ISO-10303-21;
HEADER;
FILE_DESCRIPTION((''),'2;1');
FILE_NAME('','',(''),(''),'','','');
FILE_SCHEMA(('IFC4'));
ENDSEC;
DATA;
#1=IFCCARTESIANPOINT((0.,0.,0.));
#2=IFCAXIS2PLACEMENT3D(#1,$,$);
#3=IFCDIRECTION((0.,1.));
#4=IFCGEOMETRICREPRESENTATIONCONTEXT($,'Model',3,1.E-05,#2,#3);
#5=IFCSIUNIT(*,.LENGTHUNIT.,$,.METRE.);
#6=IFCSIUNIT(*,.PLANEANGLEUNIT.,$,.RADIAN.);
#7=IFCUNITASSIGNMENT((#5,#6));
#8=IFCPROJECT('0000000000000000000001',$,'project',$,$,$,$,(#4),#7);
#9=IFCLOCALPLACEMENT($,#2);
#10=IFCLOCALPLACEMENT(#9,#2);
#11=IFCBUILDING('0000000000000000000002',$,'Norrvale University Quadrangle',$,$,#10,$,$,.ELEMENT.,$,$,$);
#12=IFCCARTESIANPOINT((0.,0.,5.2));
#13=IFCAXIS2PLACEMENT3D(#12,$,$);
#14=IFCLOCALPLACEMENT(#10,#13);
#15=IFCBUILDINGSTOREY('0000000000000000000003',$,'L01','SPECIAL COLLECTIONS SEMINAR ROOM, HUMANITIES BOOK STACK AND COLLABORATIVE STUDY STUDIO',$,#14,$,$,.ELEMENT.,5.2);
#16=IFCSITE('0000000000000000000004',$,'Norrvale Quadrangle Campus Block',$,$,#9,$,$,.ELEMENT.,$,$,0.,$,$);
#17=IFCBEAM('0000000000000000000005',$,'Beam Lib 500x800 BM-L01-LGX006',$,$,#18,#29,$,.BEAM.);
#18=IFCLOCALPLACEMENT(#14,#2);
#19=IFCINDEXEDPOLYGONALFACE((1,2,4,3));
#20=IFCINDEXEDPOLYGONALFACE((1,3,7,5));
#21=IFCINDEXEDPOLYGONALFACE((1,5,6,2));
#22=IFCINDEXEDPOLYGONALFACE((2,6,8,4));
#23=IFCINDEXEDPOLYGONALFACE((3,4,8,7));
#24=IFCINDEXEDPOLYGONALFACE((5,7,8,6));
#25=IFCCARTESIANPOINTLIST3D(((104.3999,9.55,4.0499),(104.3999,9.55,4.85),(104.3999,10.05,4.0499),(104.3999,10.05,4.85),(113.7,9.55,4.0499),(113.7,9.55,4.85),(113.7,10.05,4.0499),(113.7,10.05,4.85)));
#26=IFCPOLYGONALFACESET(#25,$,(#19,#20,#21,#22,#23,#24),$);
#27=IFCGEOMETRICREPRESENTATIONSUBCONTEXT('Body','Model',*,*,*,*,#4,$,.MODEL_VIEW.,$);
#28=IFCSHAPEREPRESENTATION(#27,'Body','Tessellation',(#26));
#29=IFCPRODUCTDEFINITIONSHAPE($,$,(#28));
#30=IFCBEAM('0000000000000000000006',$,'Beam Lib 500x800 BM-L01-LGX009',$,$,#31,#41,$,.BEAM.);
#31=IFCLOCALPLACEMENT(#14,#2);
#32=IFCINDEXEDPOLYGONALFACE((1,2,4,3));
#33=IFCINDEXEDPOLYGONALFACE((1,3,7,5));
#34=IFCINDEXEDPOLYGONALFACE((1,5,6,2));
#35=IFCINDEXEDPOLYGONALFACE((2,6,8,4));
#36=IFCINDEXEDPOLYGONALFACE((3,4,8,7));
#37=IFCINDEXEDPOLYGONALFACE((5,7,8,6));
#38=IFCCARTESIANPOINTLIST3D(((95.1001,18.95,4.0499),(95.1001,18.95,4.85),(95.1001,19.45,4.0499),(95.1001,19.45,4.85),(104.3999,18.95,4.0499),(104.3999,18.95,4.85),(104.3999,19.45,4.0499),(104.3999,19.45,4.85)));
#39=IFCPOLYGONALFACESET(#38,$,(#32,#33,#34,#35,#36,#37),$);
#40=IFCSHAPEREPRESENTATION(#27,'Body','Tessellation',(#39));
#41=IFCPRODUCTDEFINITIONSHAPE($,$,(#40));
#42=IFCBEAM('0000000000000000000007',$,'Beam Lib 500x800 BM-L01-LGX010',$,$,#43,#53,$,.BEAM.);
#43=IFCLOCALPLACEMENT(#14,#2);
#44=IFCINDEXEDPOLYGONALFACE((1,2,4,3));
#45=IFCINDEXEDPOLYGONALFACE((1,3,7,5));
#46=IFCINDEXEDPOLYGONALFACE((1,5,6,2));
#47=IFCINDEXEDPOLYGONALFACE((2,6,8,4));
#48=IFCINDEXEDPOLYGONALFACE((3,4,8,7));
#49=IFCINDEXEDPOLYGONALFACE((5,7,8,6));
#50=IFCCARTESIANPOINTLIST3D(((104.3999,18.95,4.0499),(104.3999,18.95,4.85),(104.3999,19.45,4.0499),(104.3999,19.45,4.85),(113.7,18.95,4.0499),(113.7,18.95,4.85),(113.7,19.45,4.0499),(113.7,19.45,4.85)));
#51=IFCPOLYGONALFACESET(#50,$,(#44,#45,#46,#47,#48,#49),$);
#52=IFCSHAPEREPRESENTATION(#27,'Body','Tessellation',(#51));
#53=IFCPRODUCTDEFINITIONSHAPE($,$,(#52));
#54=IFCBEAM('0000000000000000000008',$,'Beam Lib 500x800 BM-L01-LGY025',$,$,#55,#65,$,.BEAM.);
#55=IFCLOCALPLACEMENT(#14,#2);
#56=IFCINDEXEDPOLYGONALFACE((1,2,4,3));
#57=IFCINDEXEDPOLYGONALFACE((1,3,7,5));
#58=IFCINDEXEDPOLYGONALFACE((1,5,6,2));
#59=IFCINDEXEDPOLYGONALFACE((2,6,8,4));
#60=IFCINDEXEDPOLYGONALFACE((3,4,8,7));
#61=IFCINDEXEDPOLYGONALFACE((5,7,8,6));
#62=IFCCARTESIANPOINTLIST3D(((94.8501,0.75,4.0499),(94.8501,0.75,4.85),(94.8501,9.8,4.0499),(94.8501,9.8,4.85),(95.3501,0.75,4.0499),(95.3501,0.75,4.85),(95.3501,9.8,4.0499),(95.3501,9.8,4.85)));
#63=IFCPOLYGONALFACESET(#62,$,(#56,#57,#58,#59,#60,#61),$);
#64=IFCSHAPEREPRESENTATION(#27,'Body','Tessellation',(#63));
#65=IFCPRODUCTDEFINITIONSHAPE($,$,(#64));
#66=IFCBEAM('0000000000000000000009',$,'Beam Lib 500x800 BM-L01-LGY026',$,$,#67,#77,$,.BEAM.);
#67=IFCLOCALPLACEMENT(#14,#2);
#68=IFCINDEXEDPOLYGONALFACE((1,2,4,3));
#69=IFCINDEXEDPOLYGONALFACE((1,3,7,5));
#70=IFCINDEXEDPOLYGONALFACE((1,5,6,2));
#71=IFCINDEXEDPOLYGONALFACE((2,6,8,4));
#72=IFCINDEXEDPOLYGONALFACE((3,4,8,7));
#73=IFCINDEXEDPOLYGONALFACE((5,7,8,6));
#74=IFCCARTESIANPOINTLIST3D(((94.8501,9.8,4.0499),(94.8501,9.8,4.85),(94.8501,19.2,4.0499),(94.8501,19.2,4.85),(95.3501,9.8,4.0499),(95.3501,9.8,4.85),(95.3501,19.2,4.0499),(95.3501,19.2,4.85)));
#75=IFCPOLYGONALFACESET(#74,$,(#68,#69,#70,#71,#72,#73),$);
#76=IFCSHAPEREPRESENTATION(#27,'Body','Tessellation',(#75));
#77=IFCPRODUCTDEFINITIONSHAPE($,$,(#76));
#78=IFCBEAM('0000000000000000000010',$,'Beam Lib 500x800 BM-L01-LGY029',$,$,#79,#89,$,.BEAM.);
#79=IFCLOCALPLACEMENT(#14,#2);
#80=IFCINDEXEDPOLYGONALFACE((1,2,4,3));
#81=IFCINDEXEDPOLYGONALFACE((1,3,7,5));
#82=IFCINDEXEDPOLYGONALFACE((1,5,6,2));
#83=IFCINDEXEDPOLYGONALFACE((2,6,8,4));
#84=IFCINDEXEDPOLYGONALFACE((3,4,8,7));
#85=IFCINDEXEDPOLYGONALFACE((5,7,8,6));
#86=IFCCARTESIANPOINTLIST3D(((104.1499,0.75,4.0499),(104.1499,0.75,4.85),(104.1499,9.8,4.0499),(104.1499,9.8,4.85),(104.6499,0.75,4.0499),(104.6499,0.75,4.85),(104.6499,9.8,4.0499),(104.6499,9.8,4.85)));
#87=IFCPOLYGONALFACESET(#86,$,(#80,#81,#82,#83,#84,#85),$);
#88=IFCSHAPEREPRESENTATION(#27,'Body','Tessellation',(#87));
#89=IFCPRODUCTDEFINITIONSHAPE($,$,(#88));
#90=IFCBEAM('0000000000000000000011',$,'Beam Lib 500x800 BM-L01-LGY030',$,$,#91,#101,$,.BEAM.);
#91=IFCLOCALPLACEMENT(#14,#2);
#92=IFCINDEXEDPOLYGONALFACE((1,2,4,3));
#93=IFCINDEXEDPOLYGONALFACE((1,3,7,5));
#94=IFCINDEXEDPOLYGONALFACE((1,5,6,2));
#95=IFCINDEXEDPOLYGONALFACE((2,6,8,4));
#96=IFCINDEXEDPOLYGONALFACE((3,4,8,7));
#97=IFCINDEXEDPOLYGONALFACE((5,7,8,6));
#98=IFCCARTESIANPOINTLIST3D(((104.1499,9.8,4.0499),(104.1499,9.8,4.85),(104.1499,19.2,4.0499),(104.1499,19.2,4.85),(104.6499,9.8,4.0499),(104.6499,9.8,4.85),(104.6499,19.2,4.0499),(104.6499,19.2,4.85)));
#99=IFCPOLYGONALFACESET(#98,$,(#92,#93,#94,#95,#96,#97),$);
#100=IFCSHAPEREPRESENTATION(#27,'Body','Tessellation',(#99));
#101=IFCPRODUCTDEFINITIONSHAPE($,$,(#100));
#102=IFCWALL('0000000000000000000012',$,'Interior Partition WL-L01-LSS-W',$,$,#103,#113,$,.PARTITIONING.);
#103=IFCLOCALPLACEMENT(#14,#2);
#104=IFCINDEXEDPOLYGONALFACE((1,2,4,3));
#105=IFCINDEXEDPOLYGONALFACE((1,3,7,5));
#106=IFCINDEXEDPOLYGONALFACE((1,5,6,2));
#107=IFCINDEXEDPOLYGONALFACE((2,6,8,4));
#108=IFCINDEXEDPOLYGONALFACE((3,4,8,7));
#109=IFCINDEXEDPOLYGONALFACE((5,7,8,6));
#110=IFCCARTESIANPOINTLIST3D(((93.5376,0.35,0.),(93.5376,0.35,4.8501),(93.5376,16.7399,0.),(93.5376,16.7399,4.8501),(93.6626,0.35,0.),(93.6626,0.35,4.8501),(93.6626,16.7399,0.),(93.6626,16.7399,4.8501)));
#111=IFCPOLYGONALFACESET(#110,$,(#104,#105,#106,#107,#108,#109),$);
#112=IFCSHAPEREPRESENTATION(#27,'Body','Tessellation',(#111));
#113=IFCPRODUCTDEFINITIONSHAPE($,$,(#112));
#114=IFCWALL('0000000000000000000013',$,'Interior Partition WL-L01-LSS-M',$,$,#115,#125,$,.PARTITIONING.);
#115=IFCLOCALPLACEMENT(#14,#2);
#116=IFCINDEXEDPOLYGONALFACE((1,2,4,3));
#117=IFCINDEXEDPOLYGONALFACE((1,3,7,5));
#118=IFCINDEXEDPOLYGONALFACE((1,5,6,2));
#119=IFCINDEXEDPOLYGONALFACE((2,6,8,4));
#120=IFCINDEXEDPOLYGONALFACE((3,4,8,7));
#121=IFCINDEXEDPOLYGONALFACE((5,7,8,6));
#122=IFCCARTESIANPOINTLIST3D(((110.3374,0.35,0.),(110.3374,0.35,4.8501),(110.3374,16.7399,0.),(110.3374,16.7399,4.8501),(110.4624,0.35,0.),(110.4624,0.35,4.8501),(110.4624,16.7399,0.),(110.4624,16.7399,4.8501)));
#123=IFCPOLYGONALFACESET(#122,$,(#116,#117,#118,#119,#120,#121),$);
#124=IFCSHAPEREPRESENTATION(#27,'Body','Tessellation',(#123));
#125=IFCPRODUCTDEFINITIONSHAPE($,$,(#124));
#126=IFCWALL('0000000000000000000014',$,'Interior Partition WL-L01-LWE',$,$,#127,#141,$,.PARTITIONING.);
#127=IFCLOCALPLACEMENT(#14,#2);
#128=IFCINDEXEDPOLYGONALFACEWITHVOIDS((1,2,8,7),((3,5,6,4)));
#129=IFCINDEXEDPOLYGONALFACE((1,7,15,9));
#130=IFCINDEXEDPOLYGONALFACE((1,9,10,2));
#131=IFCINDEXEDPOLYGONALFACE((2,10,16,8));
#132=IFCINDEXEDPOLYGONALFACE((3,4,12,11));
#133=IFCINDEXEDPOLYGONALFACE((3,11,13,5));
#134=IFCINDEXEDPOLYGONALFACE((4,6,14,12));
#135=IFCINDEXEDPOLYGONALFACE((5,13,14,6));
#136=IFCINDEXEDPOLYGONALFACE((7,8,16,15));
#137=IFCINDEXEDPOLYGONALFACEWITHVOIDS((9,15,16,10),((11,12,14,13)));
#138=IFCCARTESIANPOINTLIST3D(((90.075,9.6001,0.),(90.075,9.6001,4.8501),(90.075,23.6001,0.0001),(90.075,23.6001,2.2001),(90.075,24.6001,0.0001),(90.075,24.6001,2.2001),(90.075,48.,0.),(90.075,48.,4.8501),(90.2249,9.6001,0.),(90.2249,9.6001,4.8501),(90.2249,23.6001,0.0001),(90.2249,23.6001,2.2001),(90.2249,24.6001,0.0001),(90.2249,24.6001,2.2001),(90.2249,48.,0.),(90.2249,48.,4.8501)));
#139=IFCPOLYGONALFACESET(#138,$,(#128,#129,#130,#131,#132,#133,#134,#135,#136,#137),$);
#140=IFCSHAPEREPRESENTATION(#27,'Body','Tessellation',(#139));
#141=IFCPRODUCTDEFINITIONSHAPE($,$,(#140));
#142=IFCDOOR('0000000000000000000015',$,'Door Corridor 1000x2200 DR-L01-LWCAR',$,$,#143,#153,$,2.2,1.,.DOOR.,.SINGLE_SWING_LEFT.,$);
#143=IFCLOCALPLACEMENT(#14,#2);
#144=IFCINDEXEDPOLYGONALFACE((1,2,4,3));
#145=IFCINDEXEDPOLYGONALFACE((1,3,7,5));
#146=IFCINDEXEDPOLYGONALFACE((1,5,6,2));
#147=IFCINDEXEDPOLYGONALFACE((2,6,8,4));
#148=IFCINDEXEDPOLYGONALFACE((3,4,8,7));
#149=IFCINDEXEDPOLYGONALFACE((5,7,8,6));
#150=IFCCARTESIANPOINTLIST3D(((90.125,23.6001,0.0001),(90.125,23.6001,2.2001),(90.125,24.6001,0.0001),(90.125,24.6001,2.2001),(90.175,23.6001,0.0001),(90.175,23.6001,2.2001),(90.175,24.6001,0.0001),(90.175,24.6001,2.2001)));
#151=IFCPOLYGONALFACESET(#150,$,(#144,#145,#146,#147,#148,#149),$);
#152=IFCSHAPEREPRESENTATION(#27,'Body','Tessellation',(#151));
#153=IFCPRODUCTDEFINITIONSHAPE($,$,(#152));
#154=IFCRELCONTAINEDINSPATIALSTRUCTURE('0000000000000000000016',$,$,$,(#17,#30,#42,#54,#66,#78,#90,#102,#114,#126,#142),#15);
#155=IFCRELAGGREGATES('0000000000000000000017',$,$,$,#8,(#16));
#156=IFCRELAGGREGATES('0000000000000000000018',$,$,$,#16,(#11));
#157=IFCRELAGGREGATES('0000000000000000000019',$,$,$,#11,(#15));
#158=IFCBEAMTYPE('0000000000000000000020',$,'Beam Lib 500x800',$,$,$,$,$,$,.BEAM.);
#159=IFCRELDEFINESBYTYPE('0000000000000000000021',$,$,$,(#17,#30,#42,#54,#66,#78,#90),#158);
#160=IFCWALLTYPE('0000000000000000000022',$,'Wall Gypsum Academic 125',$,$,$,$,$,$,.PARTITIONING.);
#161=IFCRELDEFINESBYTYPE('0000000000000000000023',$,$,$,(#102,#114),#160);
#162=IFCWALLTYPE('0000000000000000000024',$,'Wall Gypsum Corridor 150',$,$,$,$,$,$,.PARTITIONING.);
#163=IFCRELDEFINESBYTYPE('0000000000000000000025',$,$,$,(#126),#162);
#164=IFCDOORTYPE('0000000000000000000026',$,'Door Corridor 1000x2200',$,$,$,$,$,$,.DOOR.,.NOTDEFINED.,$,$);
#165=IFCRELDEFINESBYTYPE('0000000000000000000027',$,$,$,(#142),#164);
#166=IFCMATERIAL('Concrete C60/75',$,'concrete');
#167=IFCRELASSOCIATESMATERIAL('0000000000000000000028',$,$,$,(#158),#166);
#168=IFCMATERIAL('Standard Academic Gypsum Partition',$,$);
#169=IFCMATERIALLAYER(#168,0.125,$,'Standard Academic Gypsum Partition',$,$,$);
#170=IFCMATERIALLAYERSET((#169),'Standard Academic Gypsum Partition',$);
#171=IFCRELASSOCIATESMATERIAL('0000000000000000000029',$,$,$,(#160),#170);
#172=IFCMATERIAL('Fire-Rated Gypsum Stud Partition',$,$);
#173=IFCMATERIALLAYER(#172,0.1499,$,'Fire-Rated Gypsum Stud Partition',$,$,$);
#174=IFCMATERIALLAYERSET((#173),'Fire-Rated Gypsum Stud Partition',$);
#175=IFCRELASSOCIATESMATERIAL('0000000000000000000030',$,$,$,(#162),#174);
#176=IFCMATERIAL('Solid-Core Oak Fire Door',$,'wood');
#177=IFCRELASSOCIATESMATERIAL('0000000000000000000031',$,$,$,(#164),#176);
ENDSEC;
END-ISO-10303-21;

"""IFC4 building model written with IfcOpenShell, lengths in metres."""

from ifc_helpers import new_model, si_unit, direction, frame, frame_2d, origin, origin_2d, place, context, subcontext, project, spatial, rectangle, extrude, material, layer, layer_set, material_profile, profile_set, type_object, element, fill, save


model = new_model("IFC4")

# Units and contexts
model_context = context("Model", 3, precision=1e-05, world=origin(), true_north=direction((0.0, 1.0)))
body_context = subcontext(model_context, "Body", "Model", "MODEL_VIEW")
ifc_project = project(units=[si_unit("LENGTHUNIT", "METRE"), si_unit("PLANEANGLEUNIT", "RADIAN")], contexts=[model_context])

# Site, building, storey
site_placement = place(None, origin())
site = spatial("IfcSite", under=ifc_project, at=site_placement, Name="Norrvale Quadrangle Campus Block", CompositionType="ELEMENT", RefElevation=0.0)
building_placement = place(site_placement, origin())
building = spatial("IfcBuilding", under=site, at=building_placement, Name="Norrvale University Quadrangle", CompositionType="ELEMENT")
storey_placement = place(building_placement, frame((0.0, 0.0, 5.2)))
storey = spatial("IfcBuildingStorey", under=building, at=storey_placement, Name="L01", Description="SPECIAL COLLECTIONS SEMINAR ROOM, HUMANITIES BOOK STACK AND COLLABORATIVE STUDY STUDIO", CompositionType="ELEMENT", Elevation=5.2)

# Shared definitions
ifc_material_1 = material(Name="Concrete C60/75", Category="concrete")

# Beams
ifc_material_profile_1 = material_profile(ifc_material_1, rectangle(XDim=0.5, YDim=0.8, at=origin_2d()), Name="Concrete C60/75")
ifc_profile_set_1 = profile_set([ifc_material_profile_1], Name="Concrete C60/75")
beam_type_1 = type_object("IfcBeamType", Name="Beam Lib 500x800", PredefinedType="BEAM", material=ifc_profile_set_1)
beam_1_placement = place(storey_placement, frame((104.3999, 9.8, 4.45), z_axis=(1.0, 0.0, 0.0), x_axis=(0.0, 1.0, 0.0)))
element("IfcBeam", 1, at=beam_1_placement, inside=storey, type_object=beam_type_1, Name="Beam Lib 500x800 BM-L01-LGX006", PredefinedType="BEAM", context=body_context, shape_type="SweptSolid", body=[
    extrude(rectangle(XDim=0.5, YDim=0.8, at=origin_2d()), origin(), (0.0, 0.0, 1.0), 9.3),
])
beam_2_placement = place(storey_placement, frame((95.1001, 19.2, 4.45), z_axis=(1.0, 0.0, 0.0), x_axis=(0.0, 1.0, 0.0)))
element("IfcBeam", 2, at=beam_2_placement, inside=storey, type_object=beam_type_1, Name="Beam Lib 500x800 BM-L01-LGX009", PredefinedType="BEAM", context=body_context, shape_type="SweptSolid", body=[
    extrude(rectangle(XDim=0.5, YDim=0.8, at=origin_2d()), origin(), (0.0, 0.0, 1.0), 9.2998),
])
beam_3_placement = place(storey_placement, frame((104.3999, 19.2, 4.45), z_axis=(1.0, 0.0, 0.0), x_axis=(0.0, 1.0, 0.0)))
element("IfcBeam", 3, at=beam_3_placement, inside=storey, type_object=beam_type_1, Name="Beam Lib 500x800 BM-L01-LGX010", PredefinedType="BEAM", context=body_context, shape_type="SweptSolid", body=[
    extrude(rectangle(XDim=0.5, YDim=0.8, at=origin_2d()), origin(), (0.0, 0.0, 1.0), 9.3),
])
beam_4_placement = place(storey_placement, frame((95.1001, 0.75, 4.45), z_axis=(0.0, 1.0, 0.0), x_axis=(-1.0, 0.0, 0.0)))
element("IfcBeam", 4, at=beam_4_placement, inside=storey, type_object=beam_type_1, Name="Beam Lib 500x800 BM-L01-LGY025", PredefinedType="BEAM", context=body_context, shape_type="SweptSolid", body=[
    extrude(rectangle(XDim=0.5, YDim=0.8, at=origin_2d()), origin(), (0.0, 0.0, 1.0), 9.05),
])
beam_5_placement = place(storey_placement, frame((95.1001, 9.8, 4.45), z_axis=(0.0, 1.0, 0.0), x_axis=(-1.0, 0.0, 0.0)))
element("IfcBeam", 5, at=beam_5_placement, inside=storey, type_object=beam_type_1, Name="Beam Lib 500x800 BM-L01-LGY026", PredefinedType="BEAM", context=body_context, shape_type="SweptSolid", body=[
    extrude(rectangle(XDim=0.5, YDim=0.8, at=origin_2d()), origin(), (0.0, 0.0, 1.0), 9.3999),
])
beam_6_placement = place(storey_placement, frame((104.3999, 0.75, 4.45), z_axis=(0.0, 1.0, 0.0), x_axis=(-1.0, 0.0, 0.0)))
element("IfcBeam", 6, at=beam_6_placement, inside=storey, type_object=beam_type_1, Name="Beam Lib 500x800 BM-L01-LGY029", PredefinedType="BEAM", context=body_context, shape_type="SweptSolid", body=[
    extrude(rectangle(XDim=0.5, YDim=0.8, at=origin_2d()), origin(), (0.0, 0.0, 1.0), 9.05),
])
beam_7_placement = place(storey_placement, frame((104.3999, 9.8, 4.45), z_axis=(0.0, 1.0, 0.0), x_axis=(-1.0, 0.0, 0.0)))
element("IfcBeam", 7, at=beam_7_placement, inside=storey, type_object=beam_type_1, Name="Beam Lib 500x800 BM-L01-LGY030", PredefinedType="BEAM", context=body_context, shape_type="SweptSolid", body=[
    extrude(rectangle(XDim=0.5, YDim=0.8, at=origin_2d()), origin(), (0.0, 0.0, 1.0), 9.3999),
])

# Walls
ifc_material_2 = material(Name="Standard Academic Gypsum Partition")
ifc_layer_1 = layer(ifc_material_2, 0.125, Name="Standard Academic Gypsum Partition")
ifc_layer_set_1 = layer_set([ifc_layer_1], Name="Standard Academic Gypsum Partition")
wall_type_1 = type_object("IfcWallType", Name="Wall Gypsum Academic 125", PredefinedType="PARTITIONING", material=ifc_layer_set_1)
for number, where, z_axis, x_axis, name in (
    (8, (93.6001, 0.3501, 0.0), (0.0, 0.0, 1.0), (0.0, 1.0, 0.0), "Interior Partition WL-L01-LSS-W"),
    (9, (110.3999, 0.3501, 0.0), (0.0, 0.0, 1.0), (0.0, 1.0, 0.0), "Interior Partition WL-L01-LSS-M"),
):
    element("IfcWall", number, at=place(storey_placement, frame(where, z_axis=z_axis, x_axis=x_axis)), inside=storey, type_object=wall_type_1, Name=name, PredefinedType="PARTITIONING", context=body_context, shape_type="SweptSolid", body=[
        extrude(rectangle(XDim=16.3899, YDim=0.125, at=frame_2d((8.1948, 0.0))), origin(), (0.0, 0.0, 1.0), 4.8501),
    ])

# Wall, opening, door
ifc_material_3 = material(Name="Fire-Rated Gypsum Stud Partition")
ifc_layer_2 = layer(ifc_material_3, 0.1499, Name="Fire-Rated Gypsum Stud Partition")
ifc_layer_set_2 = layer_set([ifc_layer_2], Name="Fire-Rated Gypsum Stud Partition")
wall_type_2 = type_object("IfcWallType", Name="Wall Gypsum Corridor 150", PredefinedType="PARTITIONING", material=ifc_layer_set_2)
wall_1_placement = place(storey_placement, frame((90.1499, 9.6001, 0.0), z_axis=(0.0, 0.0, 1.0), x_axis=(0.0, 1.0, 0.0)))
wall_1 = element("IfcWall", 10, at=wall_1_placement, inside=storey, type_object=wall_type_2, Name="Interior Partition WL-L01-LWE", PredefinedType="PARTITIONING", context=body_context, shape_type="SweptSolid", body=[
    extrude(rectangle(XDim=38.3999, YDim=0.1499, at=frame_2d((19.2, 0.0))), origin(), (0.0, 0.0, 1.0), 4.8501),
])
opening_1_placement = place(wall_1_placement, frame((14.0, 0.0, 0.0)))
opening_1 = element("IfcOpeningElement", 11, at=opening_1_placement, cuts=wall_1, PredefinedType="OPENING", context=body_context, shape_type="SweptSolid", body=[
    extrude(rectangle(XDim=1.0, YDim=2.2, at=frame_2d((0.5, 1.1001))), frame((0.0, 0.0869, 0.0), z_axis=(0.0, -1.0, 0.0), x_axis=(1.0, 0.0, 0.0)), (0.0, 0.0, 1.0), 0.1738),
])
ifc_material_4 = material(Name="Solid-Core Oak Fire Door", Category="wood")
door_type_1 = type_object("IfcDoorType", Name="Door Corridor 1000x2200", OperationType="NOTDEFINED", PredefinedType="DOOR", material=ifc_material_4)
door_1_placement = place(opening_1_placement, origin())
door_1 = element("IfcDoor", 12, at=door_1_placement, inside=storey, type_object=door_type_1, Name="Door Corridor 1000x2200 DR-L01-LWCAR", OperationType="SINGLE_SWING_LEFT", OverallHeight=2.2, OverallWidth=1.0, PredefinedType="DOOR", context=body_context, shape_type="SweptSolid", body=[
    extrude(rectangle(XDim=1.0, YDim=2.2, at=frame_2d((0.5, 1.1001))), frame((0.0, 0.0249, 0.0), z_axis=(0.0, -1.0, 0.0), x_axis=(1.0, 0.0, 0.0)), (0.0, 0.0, 1.0), 0.05),
])
fill(opening_1, door_1)

save(model, "model.ifc")
